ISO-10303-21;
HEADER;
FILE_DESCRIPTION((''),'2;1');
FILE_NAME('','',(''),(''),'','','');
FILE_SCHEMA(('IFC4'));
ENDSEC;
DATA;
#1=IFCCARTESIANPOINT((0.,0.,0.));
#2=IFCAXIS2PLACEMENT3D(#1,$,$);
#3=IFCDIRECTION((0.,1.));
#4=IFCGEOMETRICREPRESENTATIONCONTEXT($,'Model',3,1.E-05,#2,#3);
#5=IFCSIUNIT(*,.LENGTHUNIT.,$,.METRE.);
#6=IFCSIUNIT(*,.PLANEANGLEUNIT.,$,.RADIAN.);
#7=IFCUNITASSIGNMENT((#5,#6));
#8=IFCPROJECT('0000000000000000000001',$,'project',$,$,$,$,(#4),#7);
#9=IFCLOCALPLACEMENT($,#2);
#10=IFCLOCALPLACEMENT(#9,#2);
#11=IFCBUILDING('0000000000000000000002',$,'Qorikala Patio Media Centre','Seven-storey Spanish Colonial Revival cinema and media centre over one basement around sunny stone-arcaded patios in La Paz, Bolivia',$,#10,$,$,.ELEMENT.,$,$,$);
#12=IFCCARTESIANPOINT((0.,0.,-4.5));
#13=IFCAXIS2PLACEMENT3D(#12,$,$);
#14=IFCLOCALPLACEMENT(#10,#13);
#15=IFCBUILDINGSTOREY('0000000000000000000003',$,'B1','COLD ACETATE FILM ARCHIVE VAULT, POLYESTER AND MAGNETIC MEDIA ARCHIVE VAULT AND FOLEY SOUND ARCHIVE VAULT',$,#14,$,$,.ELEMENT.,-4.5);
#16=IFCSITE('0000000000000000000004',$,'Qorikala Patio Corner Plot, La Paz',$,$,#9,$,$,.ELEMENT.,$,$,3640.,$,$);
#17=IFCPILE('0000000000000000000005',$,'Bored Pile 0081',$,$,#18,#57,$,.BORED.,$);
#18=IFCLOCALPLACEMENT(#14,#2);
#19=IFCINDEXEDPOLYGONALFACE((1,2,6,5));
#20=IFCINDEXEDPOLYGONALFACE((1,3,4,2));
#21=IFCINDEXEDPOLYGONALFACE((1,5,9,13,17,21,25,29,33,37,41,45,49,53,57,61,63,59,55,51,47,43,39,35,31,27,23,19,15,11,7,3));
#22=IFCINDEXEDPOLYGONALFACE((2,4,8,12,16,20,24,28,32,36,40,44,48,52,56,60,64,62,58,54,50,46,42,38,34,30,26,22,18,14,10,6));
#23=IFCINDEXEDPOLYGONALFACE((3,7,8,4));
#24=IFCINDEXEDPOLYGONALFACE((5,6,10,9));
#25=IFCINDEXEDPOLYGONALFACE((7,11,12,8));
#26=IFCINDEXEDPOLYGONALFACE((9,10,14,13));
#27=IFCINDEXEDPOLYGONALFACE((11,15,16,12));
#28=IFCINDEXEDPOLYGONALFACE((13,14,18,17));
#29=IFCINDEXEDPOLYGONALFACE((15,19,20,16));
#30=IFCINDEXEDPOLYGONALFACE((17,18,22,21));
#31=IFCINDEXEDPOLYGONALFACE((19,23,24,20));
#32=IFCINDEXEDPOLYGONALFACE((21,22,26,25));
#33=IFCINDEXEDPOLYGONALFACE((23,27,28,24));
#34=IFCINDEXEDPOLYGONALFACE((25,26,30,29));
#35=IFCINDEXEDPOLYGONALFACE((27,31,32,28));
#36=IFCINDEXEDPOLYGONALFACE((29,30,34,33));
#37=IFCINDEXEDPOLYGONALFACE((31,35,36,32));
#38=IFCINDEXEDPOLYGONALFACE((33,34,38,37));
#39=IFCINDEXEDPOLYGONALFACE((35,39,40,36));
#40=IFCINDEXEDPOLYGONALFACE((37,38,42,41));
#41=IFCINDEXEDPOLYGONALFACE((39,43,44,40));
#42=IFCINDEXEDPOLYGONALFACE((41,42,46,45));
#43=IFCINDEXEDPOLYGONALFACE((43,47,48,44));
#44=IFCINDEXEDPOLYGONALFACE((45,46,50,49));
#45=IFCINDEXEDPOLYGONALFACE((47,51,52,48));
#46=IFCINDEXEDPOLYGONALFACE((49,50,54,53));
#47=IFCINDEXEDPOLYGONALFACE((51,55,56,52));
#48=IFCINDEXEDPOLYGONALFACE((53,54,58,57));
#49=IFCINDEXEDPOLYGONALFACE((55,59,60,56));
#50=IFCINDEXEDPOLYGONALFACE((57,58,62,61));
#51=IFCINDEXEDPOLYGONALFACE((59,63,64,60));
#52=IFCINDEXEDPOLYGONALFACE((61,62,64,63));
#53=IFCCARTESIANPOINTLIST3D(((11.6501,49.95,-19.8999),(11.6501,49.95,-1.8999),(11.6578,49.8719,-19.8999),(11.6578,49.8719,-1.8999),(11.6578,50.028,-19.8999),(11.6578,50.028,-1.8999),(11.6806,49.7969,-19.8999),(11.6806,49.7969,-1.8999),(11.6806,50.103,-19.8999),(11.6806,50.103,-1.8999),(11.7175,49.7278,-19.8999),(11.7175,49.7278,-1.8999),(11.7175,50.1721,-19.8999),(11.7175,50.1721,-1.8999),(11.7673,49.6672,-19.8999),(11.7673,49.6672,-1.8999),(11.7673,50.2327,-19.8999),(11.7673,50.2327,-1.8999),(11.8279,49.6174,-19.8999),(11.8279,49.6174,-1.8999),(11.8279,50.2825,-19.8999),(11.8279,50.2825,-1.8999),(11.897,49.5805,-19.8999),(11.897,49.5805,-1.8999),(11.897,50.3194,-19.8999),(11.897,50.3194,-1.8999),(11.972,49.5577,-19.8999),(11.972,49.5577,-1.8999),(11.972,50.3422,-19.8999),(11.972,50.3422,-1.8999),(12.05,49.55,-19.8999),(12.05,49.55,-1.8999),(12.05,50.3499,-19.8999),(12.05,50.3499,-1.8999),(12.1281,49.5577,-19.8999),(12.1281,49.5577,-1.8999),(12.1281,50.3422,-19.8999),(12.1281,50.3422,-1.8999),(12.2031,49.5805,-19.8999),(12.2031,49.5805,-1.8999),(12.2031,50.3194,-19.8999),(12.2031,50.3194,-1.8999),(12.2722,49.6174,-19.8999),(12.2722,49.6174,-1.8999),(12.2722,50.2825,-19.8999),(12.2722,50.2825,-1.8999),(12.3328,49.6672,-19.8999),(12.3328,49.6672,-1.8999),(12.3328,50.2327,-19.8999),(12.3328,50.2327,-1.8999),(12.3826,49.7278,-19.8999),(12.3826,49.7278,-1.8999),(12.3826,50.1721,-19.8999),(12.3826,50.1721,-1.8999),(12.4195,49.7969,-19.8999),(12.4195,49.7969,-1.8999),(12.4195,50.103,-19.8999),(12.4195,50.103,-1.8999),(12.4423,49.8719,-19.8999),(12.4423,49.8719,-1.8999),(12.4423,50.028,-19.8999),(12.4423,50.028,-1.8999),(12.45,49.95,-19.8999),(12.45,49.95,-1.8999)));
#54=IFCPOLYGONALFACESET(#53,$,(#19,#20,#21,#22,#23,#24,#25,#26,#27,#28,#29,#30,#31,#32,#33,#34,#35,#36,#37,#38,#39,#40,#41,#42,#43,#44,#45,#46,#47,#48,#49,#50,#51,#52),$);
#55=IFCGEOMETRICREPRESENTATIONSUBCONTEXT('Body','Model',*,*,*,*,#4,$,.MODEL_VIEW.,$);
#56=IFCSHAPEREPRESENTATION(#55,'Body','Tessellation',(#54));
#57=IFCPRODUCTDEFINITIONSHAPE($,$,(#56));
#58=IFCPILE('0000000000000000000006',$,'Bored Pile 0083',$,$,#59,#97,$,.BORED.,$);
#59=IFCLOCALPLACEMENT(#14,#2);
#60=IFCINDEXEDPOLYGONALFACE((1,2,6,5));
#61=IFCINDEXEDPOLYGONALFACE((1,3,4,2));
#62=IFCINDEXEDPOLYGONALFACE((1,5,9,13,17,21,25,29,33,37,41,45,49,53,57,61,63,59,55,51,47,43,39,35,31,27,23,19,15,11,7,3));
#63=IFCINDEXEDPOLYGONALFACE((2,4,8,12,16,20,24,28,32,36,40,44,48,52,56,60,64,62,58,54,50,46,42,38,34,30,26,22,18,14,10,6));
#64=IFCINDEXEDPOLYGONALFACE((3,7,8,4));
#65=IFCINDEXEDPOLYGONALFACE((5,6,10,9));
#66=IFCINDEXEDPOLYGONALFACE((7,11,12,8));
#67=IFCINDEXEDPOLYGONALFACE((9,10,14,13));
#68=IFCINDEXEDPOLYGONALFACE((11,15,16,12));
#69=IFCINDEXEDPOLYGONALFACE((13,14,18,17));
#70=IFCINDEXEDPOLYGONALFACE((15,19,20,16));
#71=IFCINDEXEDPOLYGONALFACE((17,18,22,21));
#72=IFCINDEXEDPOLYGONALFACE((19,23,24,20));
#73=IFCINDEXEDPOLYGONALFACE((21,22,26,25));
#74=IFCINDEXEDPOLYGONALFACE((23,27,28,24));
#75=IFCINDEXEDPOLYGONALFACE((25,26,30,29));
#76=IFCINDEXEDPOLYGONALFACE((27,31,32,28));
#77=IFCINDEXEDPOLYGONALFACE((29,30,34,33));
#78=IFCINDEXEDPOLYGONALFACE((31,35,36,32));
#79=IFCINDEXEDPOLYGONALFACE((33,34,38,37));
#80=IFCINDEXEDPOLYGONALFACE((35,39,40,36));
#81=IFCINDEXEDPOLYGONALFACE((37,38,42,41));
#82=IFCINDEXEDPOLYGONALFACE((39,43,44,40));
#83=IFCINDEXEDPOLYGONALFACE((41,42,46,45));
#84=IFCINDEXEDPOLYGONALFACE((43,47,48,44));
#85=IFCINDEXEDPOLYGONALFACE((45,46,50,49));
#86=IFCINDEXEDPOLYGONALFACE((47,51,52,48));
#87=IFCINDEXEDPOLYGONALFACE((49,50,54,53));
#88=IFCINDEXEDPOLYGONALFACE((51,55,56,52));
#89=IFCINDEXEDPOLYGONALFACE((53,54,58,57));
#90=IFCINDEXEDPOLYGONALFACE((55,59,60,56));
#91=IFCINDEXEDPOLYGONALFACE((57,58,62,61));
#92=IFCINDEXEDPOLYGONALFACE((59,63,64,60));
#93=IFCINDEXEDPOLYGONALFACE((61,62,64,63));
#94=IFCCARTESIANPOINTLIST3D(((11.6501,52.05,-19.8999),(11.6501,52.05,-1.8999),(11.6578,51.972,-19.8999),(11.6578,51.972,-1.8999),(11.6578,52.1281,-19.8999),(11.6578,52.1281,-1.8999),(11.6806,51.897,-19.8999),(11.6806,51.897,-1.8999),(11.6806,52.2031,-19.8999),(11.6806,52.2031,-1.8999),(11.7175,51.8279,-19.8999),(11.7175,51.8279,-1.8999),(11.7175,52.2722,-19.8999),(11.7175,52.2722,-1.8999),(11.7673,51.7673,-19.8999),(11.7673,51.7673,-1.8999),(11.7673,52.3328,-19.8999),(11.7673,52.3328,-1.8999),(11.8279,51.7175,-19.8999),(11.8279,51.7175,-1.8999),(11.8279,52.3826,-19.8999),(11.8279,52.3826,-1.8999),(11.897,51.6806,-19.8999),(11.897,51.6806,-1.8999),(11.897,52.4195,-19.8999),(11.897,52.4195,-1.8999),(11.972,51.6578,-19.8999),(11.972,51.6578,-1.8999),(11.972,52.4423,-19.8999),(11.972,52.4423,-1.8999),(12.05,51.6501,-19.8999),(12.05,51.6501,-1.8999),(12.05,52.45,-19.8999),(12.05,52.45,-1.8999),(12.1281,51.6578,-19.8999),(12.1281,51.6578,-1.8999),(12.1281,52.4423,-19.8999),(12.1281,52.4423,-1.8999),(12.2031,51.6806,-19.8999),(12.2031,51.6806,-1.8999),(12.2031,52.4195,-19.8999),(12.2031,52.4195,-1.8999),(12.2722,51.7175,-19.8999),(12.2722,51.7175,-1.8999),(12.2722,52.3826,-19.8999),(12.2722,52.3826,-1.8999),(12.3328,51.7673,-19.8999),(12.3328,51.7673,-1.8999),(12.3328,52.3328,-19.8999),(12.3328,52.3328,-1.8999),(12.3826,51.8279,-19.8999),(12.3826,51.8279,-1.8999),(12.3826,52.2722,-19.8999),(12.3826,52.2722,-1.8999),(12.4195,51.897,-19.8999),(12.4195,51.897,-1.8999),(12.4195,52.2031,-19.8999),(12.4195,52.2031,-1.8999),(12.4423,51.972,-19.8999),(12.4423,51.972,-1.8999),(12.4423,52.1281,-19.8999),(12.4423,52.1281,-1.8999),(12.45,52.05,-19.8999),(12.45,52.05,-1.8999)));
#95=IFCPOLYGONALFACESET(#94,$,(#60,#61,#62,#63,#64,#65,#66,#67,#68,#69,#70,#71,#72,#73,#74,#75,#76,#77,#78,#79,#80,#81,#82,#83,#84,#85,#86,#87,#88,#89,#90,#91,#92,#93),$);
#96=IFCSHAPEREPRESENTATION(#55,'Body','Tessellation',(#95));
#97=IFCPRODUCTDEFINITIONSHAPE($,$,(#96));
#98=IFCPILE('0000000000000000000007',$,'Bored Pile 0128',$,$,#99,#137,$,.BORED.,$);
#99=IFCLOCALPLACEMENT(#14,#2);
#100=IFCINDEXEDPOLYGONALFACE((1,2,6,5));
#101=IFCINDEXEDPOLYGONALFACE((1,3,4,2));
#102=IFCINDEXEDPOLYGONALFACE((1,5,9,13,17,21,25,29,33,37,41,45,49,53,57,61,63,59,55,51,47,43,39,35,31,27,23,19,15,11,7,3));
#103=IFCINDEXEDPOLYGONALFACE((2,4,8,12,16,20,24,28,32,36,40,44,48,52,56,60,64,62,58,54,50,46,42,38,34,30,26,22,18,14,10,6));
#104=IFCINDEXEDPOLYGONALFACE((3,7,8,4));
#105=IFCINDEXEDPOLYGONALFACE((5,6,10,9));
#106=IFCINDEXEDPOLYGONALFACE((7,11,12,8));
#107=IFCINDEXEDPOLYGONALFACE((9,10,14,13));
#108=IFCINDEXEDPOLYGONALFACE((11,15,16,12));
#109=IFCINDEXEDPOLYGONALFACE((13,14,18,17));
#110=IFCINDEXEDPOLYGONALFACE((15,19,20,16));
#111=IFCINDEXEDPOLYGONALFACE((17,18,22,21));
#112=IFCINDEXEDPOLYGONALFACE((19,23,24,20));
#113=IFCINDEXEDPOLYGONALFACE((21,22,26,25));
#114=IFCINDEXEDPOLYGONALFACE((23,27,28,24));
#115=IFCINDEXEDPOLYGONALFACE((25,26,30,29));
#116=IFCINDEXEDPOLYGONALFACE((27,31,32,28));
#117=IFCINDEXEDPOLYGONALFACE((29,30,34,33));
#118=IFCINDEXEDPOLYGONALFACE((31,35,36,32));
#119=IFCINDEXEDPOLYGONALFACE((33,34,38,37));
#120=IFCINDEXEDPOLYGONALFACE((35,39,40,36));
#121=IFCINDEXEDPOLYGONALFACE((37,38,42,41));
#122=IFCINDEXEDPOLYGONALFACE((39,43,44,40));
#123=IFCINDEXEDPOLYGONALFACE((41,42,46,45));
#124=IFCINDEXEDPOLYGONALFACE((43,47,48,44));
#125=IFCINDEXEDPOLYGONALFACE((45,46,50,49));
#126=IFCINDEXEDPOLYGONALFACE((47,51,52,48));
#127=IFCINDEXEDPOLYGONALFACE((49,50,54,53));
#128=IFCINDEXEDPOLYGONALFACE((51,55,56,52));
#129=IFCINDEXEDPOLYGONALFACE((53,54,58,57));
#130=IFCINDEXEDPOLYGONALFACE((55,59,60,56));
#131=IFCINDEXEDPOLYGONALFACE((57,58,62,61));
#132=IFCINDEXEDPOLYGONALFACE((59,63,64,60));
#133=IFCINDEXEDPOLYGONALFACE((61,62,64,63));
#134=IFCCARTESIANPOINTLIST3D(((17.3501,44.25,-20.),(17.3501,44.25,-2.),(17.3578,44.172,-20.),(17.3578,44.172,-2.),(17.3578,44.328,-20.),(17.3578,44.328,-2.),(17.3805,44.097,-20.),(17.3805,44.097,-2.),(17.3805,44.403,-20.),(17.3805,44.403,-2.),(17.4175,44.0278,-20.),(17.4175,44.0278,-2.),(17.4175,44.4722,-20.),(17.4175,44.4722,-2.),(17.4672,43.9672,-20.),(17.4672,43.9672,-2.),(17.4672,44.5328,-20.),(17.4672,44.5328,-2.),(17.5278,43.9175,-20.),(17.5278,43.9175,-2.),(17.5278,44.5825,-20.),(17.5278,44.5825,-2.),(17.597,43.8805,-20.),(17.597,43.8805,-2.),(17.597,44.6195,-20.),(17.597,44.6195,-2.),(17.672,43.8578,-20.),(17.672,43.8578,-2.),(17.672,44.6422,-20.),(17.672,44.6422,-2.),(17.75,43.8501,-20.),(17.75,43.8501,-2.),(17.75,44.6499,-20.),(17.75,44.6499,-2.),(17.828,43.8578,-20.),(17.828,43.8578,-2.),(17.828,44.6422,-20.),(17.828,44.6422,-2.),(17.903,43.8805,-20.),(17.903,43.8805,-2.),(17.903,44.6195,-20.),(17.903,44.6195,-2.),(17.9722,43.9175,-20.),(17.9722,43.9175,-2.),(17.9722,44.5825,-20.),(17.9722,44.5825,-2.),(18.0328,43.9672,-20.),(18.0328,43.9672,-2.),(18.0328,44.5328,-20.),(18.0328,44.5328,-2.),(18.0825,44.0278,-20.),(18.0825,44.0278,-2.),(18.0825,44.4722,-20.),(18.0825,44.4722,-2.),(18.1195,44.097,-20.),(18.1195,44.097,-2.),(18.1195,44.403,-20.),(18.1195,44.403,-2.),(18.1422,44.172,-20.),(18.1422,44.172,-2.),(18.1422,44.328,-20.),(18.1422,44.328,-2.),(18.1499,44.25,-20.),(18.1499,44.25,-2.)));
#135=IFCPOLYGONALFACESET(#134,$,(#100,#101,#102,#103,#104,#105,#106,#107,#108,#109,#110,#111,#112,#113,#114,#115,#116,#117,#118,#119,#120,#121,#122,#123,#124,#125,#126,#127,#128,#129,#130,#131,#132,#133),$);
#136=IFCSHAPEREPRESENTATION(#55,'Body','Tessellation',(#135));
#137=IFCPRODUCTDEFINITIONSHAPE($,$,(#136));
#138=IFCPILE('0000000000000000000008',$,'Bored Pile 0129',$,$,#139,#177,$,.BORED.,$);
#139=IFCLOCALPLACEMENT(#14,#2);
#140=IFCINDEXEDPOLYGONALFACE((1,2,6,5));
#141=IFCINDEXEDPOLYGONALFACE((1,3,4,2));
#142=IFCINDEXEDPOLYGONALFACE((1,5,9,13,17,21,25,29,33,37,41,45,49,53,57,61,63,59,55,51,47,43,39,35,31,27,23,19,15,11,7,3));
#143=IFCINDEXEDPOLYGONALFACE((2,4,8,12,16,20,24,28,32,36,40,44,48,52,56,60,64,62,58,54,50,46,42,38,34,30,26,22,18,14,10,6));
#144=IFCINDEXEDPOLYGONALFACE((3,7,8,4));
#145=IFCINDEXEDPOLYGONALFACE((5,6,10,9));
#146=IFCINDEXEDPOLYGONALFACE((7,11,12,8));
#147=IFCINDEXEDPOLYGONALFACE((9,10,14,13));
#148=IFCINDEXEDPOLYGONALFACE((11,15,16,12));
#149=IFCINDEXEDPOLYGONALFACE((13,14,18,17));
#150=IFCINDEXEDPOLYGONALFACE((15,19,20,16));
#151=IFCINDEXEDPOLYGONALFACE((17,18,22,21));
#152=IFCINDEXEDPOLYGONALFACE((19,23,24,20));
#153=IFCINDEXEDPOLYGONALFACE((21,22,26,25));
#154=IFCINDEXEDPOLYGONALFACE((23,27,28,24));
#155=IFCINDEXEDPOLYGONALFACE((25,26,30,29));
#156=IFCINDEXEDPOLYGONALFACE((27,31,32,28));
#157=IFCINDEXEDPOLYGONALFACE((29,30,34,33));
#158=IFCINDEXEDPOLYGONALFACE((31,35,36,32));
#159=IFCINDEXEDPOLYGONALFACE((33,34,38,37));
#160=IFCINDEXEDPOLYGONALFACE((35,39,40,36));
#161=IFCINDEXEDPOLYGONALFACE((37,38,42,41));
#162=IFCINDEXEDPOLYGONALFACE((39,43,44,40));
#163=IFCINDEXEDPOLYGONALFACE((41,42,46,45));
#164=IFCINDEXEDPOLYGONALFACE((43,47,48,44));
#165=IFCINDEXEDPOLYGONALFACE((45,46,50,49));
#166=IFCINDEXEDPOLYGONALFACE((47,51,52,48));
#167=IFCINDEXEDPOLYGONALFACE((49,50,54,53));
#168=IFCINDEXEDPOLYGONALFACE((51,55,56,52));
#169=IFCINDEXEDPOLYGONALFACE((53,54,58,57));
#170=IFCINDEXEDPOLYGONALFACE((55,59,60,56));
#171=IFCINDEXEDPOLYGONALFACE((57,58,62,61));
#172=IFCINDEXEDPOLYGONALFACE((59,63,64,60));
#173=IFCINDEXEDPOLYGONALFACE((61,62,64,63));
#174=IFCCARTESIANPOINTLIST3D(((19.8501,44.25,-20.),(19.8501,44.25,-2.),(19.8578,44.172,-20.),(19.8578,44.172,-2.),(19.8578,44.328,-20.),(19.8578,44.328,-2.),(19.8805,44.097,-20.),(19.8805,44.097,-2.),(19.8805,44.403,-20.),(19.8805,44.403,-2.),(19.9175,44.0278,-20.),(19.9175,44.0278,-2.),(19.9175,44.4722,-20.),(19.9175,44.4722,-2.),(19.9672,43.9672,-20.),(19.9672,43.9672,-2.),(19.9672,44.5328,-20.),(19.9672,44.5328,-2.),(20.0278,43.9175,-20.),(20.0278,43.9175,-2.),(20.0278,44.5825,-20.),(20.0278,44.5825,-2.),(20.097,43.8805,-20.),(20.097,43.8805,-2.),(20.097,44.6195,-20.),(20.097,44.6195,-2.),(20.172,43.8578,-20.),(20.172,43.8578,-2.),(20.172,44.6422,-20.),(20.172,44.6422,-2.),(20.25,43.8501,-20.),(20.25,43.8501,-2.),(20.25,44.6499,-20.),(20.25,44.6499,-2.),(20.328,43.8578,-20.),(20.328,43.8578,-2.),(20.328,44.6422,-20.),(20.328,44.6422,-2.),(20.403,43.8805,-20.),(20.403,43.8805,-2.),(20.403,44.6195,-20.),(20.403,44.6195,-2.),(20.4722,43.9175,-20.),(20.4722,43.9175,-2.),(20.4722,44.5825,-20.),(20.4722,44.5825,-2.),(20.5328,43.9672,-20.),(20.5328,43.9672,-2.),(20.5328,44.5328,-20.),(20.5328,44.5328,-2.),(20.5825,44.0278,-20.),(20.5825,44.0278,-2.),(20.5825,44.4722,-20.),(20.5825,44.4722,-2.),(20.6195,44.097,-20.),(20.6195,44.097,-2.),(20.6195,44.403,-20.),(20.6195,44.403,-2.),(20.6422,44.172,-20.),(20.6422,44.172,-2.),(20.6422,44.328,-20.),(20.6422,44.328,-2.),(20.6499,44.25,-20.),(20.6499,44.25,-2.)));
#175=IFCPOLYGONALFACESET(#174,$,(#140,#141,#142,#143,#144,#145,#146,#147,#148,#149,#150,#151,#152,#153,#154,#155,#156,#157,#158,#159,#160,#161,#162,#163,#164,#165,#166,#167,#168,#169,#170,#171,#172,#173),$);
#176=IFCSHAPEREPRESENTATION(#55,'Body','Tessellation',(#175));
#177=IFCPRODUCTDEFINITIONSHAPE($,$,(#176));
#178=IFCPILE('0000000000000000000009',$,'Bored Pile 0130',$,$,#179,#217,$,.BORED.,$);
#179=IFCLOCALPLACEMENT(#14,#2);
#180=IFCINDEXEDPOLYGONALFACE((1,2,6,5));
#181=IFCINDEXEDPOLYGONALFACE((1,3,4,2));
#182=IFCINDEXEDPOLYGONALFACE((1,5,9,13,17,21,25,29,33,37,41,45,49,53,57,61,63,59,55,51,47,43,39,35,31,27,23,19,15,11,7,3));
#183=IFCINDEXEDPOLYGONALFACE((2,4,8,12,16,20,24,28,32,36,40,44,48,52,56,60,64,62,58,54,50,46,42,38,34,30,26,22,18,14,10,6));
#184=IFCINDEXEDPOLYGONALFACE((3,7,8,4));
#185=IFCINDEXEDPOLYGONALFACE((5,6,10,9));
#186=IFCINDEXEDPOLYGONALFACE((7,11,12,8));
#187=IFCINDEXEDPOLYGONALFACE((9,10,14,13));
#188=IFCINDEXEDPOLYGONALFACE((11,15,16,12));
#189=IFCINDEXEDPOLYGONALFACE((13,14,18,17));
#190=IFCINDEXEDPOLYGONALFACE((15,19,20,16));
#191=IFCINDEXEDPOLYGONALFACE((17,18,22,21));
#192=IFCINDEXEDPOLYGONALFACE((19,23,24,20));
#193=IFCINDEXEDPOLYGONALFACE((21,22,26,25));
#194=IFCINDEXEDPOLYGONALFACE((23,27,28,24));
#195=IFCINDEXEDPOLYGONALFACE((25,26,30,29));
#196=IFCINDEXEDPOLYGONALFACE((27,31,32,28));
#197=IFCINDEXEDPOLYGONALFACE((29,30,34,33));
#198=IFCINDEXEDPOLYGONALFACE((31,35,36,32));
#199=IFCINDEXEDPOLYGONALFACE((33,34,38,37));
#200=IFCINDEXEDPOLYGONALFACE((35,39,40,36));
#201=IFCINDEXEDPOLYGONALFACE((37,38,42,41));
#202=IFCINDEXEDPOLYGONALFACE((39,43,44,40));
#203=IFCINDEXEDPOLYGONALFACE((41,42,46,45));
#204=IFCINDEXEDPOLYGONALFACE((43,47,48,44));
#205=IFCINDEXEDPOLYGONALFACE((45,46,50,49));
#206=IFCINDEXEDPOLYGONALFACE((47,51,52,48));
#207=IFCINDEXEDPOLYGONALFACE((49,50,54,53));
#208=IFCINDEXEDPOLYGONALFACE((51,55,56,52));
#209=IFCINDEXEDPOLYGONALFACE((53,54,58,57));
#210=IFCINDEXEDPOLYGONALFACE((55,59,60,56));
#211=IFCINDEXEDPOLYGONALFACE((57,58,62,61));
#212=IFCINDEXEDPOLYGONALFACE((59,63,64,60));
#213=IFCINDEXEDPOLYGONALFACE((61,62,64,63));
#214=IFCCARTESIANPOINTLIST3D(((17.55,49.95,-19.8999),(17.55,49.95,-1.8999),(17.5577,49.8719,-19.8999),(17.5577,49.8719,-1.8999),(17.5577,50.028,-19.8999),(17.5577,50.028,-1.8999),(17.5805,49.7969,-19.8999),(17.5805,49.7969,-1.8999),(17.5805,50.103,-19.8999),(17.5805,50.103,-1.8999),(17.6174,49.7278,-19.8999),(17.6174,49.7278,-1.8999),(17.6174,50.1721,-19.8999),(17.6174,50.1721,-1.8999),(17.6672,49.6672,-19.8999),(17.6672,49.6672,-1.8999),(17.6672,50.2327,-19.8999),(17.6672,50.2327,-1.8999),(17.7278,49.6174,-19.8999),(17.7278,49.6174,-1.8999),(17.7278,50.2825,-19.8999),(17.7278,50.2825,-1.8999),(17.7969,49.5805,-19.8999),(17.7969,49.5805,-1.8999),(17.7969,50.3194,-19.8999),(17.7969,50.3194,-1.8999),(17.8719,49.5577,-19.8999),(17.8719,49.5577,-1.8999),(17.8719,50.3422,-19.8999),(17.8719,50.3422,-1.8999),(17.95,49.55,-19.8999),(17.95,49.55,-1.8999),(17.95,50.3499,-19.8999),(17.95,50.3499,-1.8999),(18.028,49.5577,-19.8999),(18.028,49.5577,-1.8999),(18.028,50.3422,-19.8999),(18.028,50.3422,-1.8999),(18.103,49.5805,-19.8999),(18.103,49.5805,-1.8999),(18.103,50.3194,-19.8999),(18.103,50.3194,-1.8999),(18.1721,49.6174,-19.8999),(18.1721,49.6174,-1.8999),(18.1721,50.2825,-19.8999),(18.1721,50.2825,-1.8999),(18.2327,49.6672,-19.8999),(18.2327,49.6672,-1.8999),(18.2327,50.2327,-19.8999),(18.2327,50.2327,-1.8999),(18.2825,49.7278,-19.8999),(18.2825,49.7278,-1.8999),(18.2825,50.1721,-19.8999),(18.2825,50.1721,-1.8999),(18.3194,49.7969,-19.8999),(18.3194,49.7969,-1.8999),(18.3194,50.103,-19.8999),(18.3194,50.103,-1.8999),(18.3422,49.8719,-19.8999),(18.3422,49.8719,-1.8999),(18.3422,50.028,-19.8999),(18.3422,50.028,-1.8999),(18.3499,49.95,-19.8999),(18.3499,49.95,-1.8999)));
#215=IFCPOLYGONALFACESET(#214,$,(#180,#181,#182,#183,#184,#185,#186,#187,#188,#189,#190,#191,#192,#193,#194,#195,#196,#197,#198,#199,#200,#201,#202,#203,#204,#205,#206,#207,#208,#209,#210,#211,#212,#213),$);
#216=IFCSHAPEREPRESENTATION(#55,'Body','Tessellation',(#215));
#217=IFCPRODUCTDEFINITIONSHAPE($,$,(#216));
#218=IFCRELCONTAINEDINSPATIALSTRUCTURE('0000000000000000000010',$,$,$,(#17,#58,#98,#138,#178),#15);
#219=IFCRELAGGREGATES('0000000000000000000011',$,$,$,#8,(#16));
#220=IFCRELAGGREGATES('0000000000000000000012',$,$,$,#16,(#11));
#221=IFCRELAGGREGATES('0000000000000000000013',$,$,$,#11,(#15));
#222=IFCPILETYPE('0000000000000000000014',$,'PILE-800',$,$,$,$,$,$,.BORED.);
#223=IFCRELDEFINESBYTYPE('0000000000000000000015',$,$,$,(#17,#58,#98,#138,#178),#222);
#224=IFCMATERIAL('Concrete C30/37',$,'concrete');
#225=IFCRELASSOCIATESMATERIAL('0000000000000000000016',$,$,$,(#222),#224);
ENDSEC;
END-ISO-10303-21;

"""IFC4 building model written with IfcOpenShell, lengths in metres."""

from ifc_helpers import new_model, si_unit, direction, frame, origin, origin_2d, place, context, subcontext, project, spatial, circle, extrude, material, material_profile, profile_set, type_object, element, save


model = new_model("IFC4")

# Units and contexts
model_context = context("Model", 3, precision=1e-05, world=origin(), true_north=direction((0.0, 1.0)))
body_context = subcontext(model_context, "Body", "Model", "MODEL_VIEW")
ifc_project = project(units=[si_unit("LENGTHUNIT", "METRE"), si_unit("PLANEANGLEUNIT", "RADIAN")], contexts=[model_context])

# Site, building, storey
site_placement = place(None, origin())
site = spatial("IfcSite", under=ifc_project, at=site_placement, Name="Qorikala Patio Corner Plot, La Paz", CompositionType="ELEMENT", RefElevation=3640.0)
building_placement = place(site_placement, origin())
building = spatial("IfcBuilding", under=site, at=building_placement, Name="Qorikala Patio Media Centre", Description="Seven-storey Spanish Colonial Revival cinema and media centre over one basement around sunny stone-arcaded patios in La Paz, Bolivia", CompositionType="ELEMENT")
storey_placement = place(building_placement, frame((0.0, 0.0, -4.5)))
storey = spatial("IfcBuildingStorey", under=building, at=storey_placement, Name="B1", Description="COLD ACETATE FILM ARCHIVE VAULT, POLYESTER AND MAGNETIC MEDIA ARCHIVE VAULT AND FOLEY SOUND ARCHIVE VAULT", CompositionType="ELEMENT", Elevation=-4.5)

# Shared definitions
ifc_material_1 = material(Name="Concrete C30/37", Category="concrete")

# Piles
ifc_material_profile_1 = material_profile(ifc_material_1, circle(Radius=0.3999, at=origin_2d()), Name="BORED PILE 800")
ifc_profile_set_1 = profile_set([ifc_material_profile_1], Name="Concrete C30/37")
pile_type_1 = type_object("IfcPileType", Name="PILE-800", PredefinedType="BORED", material=ifc_profile_set_1)
for number, where, z_axis, x_axis, name in (
    (1, (12.05, 49.95, -1.8999), (0.0, 0.0, -1.0), (1.0, 0.0, 0.0), "Bored Pile 0081"),
    (2, (12.05, 52.05, -1.8999), (0.0, 0.0, -1.0), (1.0, 0.0, 0.0), "Bored Pile 0083"),
    (3, (17.75, 44.25, -2.0), (0.0, 0.0, -1.0), (1.0, 0.0, 0.0), "Bored Pile 0128"),
    (4, (20.25, 44.25, -2.0), (0.0, 0.0, -1.0), (1.0, 0.0, 0.0), "Bored Pile 0129"),
    (5, (17.95, 49.95, -1.8999), (0.0, 0.0, -1.0), (1.0, 0.0, 0.0), "Bored Pile 0130"),
):
    element("IfcPile", number, at=place(storey_placement, frame(where, z_axis=z_axis, x_axis=x_axis)), inside=storey, type_object=pile_type_1, Name=name, PredefinedType="BORED", context=body_context, shape_type="SweptSolid", body=[
        extrude(circle(Radius=0.3999, at=origin_2d()), origin(), (0.0, 0.0, 1.0), 18.0),
    ])

save(model, "model.ifc")
